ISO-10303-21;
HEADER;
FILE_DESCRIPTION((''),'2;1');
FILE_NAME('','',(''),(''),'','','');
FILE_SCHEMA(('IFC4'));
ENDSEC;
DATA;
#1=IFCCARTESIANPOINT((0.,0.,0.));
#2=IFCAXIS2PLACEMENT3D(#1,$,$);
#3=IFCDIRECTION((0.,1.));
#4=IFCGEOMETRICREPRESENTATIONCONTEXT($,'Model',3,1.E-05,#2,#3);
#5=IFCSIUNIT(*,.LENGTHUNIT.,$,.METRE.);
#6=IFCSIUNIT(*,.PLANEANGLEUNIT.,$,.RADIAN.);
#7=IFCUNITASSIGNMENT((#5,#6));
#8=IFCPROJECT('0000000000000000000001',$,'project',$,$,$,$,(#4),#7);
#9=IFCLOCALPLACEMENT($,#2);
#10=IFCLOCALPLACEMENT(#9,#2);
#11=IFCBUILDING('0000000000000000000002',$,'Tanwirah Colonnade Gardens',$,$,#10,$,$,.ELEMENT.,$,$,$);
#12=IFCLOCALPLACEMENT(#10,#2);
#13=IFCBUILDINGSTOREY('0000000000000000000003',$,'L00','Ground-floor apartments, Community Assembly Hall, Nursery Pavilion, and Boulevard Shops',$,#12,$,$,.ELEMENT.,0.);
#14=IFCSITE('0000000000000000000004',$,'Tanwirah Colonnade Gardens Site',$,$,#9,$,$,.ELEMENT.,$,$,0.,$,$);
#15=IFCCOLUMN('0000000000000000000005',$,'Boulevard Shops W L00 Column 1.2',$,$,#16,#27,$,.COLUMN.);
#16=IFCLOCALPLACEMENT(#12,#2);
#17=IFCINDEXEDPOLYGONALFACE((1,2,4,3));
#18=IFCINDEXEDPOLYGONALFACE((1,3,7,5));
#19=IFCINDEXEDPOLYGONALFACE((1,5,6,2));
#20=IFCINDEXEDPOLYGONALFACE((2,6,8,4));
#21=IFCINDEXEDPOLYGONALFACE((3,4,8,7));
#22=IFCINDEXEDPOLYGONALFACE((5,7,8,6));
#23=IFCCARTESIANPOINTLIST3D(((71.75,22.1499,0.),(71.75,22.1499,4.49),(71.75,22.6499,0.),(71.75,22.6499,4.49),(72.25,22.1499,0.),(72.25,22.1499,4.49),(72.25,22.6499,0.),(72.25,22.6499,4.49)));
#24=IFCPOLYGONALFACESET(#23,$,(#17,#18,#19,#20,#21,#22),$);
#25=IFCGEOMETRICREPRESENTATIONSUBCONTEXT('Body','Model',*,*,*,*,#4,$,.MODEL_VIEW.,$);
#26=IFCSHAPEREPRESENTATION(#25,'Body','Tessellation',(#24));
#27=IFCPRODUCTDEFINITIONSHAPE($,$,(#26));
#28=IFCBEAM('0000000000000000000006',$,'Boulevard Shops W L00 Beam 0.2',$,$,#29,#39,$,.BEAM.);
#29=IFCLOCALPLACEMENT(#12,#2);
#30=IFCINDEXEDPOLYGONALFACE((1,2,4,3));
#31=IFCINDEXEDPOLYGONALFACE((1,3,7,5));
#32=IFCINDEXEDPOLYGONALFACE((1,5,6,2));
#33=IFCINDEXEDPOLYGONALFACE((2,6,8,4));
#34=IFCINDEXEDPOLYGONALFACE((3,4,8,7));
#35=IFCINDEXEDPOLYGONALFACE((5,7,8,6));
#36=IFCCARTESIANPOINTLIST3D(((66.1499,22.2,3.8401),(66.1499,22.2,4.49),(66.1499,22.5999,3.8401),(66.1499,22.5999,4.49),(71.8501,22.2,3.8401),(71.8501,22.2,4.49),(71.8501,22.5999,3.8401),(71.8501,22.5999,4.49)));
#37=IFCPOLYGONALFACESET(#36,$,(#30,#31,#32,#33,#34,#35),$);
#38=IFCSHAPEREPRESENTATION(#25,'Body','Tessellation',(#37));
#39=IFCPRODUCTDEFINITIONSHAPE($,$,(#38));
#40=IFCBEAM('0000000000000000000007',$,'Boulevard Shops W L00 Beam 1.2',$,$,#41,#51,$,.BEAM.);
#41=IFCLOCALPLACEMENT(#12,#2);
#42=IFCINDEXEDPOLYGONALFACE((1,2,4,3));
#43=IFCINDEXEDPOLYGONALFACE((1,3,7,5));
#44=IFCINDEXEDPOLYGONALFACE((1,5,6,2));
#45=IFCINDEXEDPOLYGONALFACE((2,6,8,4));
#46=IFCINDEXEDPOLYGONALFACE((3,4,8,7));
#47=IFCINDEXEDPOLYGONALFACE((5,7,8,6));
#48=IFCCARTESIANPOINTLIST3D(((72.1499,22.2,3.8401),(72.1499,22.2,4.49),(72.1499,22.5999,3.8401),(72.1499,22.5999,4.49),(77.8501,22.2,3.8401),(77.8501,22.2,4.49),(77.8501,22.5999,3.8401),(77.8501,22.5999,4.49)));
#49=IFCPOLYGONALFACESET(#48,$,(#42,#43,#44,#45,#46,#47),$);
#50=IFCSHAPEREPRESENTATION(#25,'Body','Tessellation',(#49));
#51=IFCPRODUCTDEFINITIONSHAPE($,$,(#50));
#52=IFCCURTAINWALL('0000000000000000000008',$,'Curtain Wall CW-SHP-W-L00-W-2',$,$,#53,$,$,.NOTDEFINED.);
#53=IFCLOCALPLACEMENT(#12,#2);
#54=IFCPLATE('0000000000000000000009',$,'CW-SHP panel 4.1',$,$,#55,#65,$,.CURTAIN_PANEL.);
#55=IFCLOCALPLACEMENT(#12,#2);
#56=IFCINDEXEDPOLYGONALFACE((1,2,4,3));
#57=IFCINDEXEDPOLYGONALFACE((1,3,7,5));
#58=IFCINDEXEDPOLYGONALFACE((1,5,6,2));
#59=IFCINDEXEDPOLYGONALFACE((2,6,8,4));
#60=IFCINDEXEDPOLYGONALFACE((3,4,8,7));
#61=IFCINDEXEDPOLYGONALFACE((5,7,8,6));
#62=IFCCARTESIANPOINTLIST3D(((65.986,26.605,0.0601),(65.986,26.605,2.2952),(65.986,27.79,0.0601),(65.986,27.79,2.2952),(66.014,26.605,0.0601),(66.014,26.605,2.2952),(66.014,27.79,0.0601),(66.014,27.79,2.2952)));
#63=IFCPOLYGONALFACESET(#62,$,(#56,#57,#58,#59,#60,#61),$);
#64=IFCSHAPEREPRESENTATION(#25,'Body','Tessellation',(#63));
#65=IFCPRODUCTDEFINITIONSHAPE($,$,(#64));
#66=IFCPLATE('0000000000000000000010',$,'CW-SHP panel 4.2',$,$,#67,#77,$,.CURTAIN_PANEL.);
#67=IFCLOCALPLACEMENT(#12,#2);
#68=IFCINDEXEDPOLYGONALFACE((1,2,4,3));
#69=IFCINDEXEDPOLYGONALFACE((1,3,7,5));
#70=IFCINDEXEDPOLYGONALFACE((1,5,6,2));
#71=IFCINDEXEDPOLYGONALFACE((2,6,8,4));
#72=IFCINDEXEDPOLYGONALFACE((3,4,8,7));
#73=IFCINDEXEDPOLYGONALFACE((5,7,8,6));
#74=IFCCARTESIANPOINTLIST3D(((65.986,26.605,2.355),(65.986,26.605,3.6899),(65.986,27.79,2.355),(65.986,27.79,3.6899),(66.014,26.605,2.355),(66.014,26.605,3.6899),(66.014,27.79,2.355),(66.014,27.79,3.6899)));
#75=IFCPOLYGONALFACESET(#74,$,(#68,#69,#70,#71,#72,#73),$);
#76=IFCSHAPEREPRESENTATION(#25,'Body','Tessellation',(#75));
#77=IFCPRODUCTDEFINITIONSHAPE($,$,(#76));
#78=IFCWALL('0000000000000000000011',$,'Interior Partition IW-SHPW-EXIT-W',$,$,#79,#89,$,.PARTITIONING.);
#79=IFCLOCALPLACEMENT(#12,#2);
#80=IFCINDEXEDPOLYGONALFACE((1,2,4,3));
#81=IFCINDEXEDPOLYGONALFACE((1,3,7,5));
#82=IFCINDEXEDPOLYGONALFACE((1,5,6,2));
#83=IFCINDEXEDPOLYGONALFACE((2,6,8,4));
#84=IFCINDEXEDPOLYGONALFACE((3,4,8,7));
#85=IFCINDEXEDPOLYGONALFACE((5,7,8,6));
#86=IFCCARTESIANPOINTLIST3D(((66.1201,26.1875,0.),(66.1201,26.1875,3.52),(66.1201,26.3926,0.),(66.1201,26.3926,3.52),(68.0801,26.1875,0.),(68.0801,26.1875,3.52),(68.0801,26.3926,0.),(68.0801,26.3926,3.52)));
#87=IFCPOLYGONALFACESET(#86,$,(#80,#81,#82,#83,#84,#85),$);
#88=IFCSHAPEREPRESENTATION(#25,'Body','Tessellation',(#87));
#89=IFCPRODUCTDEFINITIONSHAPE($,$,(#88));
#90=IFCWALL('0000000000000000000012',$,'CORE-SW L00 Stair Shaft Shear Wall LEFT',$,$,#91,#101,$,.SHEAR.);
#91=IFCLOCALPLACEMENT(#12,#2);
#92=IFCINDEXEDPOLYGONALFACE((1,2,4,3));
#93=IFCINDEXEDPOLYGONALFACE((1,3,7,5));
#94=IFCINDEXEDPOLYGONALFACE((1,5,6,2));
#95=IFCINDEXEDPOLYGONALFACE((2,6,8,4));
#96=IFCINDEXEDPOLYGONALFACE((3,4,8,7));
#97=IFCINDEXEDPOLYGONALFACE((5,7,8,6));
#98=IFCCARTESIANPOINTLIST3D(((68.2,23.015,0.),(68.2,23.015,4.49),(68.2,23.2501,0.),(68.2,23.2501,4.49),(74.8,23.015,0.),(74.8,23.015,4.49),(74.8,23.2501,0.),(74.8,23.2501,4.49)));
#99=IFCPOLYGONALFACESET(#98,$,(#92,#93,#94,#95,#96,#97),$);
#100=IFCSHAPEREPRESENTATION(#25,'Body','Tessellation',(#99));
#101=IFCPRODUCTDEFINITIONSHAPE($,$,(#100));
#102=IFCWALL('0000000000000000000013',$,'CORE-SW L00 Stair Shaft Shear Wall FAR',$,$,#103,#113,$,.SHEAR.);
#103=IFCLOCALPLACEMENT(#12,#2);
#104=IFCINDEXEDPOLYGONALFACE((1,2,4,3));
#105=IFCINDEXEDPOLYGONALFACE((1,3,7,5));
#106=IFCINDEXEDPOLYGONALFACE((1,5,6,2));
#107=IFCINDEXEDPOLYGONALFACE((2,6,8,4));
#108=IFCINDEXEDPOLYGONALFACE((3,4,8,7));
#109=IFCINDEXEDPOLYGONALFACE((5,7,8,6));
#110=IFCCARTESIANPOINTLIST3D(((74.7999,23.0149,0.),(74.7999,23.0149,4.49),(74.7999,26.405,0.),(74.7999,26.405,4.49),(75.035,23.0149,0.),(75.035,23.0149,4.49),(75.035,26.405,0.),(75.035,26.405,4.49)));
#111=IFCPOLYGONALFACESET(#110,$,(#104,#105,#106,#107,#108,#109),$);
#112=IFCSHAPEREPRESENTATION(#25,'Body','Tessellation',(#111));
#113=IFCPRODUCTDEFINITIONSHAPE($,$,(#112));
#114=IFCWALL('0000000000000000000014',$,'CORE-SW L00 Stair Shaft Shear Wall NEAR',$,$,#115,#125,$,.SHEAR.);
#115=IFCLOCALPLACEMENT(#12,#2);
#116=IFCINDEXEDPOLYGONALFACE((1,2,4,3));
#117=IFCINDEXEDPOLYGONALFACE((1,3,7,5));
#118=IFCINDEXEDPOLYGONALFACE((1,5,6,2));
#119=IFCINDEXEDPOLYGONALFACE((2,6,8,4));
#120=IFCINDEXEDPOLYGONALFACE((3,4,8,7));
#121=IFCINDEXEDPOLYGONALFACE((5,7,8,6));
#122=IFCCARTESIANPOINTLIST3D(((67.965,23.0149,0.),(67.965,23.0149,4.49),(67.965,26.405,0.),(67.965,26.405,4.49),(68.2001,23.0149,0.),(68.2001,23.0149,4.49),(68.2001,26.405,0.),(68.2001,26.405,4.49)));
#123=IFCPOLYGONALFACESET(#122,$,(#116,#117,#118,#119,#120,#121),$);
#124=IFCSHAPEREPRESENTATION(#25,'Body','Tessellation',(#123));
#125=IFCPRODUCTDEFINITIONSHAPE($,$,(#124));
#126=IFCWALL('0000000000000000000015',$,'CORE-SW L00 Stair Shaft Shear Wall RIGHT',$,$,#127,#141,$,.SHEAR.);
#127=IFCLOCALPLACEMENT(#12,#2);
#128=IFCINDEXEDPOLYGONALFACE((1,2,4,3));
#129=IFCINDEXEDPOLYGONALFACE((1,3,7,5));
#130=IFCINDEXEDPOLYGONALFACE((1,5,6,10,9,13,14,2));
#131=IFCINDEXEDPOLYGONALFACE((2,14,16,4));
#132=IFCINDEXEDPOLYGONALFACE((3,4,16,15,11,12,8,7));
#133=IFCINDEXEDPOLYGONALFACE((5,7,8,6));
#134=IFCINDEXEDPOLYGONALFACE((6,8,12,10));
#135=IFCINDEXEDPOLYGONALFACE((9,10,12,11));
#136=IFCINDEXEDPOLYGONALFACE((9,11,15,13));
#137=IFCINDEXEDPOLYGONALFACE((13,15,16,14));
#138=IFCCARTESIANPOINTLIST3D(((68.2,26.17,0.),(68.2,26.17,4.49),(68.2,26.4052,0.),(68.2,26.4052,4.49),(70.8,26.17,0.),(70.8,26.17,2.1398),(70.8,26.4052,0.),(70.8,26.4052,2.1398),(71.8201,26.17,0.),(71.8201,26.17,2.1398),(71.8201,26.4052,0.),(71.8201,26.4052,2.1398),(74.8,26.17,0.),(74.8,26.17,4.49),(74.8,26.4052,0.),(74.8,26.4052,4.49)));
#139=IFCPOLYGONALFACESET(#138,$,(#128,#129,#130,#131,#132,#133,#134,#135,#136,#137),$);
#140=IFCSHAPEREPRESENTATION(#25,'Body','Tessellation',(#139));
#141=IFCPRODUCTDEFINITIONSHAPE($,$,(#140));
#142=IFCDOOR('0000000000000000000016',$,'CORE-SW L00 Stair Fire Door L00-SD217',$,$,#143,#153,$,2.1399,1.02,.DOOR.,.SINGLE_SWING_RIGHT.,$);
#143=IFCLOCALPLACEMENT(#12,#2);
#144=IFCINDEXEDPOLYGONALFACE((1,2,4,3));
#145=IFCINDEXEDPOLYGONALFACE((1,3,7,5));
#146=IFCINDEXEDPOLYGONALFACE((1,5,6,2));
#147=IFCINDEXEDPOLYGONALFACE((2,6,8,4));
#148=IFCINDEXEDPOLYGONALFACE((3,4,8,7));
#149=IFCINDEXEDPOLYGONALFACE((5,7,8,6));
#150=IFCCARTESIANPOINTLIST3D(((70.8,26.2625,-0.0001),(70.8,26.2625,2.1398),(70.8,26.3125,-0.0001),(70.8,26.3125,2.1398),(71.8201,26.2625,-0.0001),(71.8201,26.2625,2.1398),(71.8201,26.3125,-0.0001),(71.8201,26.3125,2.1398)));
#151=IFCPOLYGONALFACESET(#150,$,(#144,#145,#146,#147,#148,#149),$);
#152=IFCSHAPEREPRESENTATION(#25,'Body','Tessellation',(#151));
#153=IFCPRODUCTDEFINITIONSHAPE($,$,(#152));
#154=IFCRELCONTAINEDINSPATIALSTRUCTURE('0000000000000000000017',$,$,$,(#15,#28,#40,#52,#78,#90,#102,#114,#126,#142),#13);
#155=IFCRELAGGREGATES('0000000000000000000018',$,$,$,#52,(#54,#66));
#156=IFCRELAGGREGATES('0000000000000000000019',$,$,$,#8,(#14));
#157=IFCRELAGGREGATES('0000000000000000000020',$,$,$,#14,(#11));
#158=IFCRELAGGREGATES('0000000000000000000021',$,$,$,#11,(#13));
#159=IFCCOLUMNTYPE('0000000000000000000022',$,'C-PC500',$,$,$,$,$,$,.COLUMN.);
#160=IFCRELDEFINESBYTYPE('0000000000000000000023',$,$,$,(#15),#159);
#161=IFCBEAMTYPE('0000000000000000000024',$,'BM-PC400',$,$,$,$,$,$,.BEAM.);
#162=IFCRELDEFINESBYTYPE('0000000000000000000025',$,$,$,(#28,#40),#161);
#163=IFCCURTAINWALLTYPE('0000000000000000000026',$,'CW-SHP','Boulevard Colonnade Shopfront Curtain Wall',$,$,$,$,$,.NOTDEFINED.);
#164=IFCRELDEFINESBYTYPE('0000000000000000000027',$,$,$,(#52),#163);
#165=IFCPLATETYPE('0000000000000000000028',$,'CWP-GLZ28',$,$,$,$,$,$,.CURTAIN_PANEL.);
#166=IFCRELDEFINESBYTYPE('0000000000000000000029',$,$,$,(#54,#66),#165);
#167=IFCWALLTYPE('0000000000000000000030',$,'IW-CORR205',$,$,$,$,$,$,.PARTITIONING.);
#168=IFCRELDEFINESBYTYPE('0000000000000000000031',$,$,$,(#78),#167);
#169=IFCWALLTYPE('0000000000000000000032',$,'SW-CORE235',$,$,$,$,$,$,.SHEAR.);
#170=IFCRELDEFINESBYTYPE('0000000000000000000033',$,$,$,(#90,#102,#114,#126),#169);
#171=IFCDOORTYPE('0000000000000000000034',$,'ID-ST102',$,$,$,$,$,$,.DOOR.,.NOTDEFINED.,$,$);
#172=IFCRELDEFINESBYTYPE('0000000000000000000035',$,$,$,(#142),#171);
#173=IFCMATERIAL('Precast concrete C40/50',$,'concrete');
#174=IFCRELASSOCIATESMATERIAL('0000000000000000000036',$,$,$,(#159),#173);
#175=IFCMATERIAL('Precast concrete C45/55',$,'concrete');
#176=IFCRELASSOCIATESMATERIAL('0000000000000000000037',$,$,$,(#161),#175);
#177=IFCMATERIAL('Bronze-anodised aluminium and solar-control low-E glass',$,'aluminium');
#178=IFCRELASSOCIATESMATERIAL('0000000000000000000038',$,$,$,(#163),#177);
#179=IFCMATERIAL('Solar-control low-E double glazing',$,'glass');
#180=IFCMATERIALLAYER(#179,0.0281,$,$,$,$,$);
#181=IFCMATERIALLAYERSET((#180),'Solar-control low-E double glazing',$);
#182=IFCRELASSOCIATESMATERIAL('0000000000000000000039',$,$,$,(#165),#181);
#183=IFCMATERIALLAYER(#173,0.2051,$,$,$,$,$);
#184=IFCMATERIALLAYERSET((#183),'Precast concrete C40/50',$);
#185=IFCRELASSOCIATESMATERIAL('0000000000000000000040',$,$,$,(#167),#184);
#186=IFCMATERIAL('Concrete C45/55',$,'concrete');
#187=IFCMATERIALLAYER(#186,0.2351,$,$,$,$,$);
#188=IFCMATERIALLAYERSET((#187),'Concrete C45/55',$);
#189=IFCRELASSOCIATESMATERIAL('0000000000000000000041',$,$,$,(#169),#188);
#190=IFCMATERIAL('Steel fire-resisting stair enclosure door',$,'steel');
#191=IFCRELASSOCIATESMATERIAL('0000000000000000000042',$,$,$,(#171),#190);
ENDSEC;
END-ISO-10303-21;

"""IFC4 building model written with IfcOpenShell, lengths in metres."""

from ifc_helpers import new_model, si_unit, direction, frame, frame_2d, origin, origin_2d, place, context, subcontext, project, spatial, rectangle, extrude, material, layer, layer_set, material_profile, profile_set, type_object, element, fill, aggregate, save


model = new_model("IFC4")

# Units and contexts
model_context = context("Model", 3, precision=1e-05, world=origin(), true_north=direction((0.0, 1.0)))
body_context = subcontext(model_context, "Body", "Model", "MODEL_VIEW")
ifc_project = project(units=[si_unit("LENGTHUNIT", "METRE"), si_unit("PLANEANGLEUNIT", "RADIAN")], contexts=[model_context])

# Site, building, storey
site_placement = place(None, origin())
site = spatial("IfcSite", under=ifc_project, at=site_placement, Name="Tanwirah Colonnade Gardens Site", CompositionType="ELEMENT", RefElevation=0.0)
building_placement = place(site_placement, origin())
building = spatial("IfcBuilding", under=site, at=building_placement, Name="Tanwirah Colonnade Gardens", CompositionType="ELEMENT")
storey_placement = place(building_placement, origin())
storey = spatial("IfcBuildingStorey", under=building, at=storey_placement, Name="L00", Description="Ground-floor apartments, Community Assembly Hall, Nursery Pavilion, and Boulevard Shops", CompositionType="ELEMENT", Elevation=0.0)

# Column
ifc_material_1 = material(Name="Precast concrete C40/50", Category="concrete")
ifc_material_profile_1 = material_profile(ifc_material_1, rectangle(XDim=0.5, YDim=0.5, at=origin_2d()), Name="PC-COL 500x500")
ifc_profile_set_1 = profile_set([ifc_material_profile_1], Name="Precast concrete C40/50")
column_type = type_object("IfcColumnType", Name="C-PC500", PredefinedType="COLUMN", material=ifc_profile_set_1)
column_placement = place(storey_placement, frame((72.0, 22.3999, 0.0), z_axis=(0.0, 0.0, 1.0), x_axis=(1.0, 0.0, 0.0)))
element("IfcColumn", 1, at=column_placement, inside=storey, type_object=column_type, Name="Boulevard Shops W L00 Column 1.2", PredefinedType="COLUMN", context=body_context, shape_type="SweptSolid", body=[
    extrude(rectangle(XDim=0.5, YDim=0.5, at=origin_2d()), origin(), (0.0, 0.0, 1.0), 4.49),
])

# Beams
ifc_material_2 = material(Name="Precast concrete C45/55", Category="concrete")
ifc_material_profile_2 = material_profile(ifc_material_2, rectangle(XDim=0.3999, YDim=0.6499, at=origin_2d()), Name="PC-BM 400x650")
ifc_profile_set_2 = profile_set([ifc_material_profile_2], Name="Precast concrete C45/55")
beam_type = type_object("IfcBeamType", Name="BM-PC400", PredefinedType="BEAM", material=ifc_profile_set_2)
for number, where, z_axis, x_axis, name in (
    (2, (66.1499, 22.3999, 4.165), (1.0, 0.0, 0.0), (0.0, 1.0, 0.0), "Boulevard Shops W L00 Beam 0.2"),
    (3, (72.1499, 22.3999, 4.165), (1.0, 0.0, 0.0), (0.0, 1.0, 0.0), "Boulevard Shops W L00 Beam 1.2"),
):
    element("IfcBeam", number, at=place(storey_placement, frame(where, z_axis=z_axis, x_axis=x_axis)), inside=storey, type_object=beam_type, Name=name, PredefinedType="BEAM", context=body_context, shape_type="SweptSolid", body=[
        extrude(rectangle(XDim=0.3999, YDim=0.6499, at=origin_2d()), origin(), (0.0, 0.0, 1.0), 5.7002),
    ])

# Curtain wall, plates
ifc_material_3 = material(Name="Bronze-anodised aluminium and solar-control low-E glass", Category="aluminium")
curtain_wall_type = type_object("IfcCurtainWallType", Name="CW-SHP", Description="Boulevard Colonnade Shopfront Curtain Wall", PredefinedType="NOTDEFINED", material=ifc_material_3)
curtain_wall_placement = place(storey_placement, origin())
curtain_wall = element("IfcCurtainWall", 4, at=curtain_wall_placement, inside=storey, type_object=curtain_wall_type, Name="Curtain Wall CW-SHP-W-L00-W-2", PredefinedType="NOTDEFINED")
ifc_material_4 = material(Name="Solar-control low-E double glazing", Category="glass")
ifc_layer_1 = layer(ifc_material_4, 0.0281)
ifc_layer_set_1 = layer_set([ifc_layer_1], Name="Solar-control low-E double glazing")
plate_type = type_object("IfcPlateType", Name="CWP-GLZ28", PredefinedType="CURTAIN_PANEL", material=ifc_layer_set_1)
plate_1_placement = place(storey_placement, frame((66.0, 27.1975, 0.0601), z_axis=(0.0, 0.0, 1.0), x_axis=(0.0, 1.0, 0.0)))
plate_1 = element("IfcPlate", 5, at=plate_1_placement, type_object=plate_type, Name="CW-SHP panel 4.1", PredefinedType="CURTAIN_PANEL", context=body_context, shape_type="SweptSolid", body=[
    extrude(rectangle(XDim=1.1851, YDim=0.0281, at=origin_2d()), origin(), (0.0, 0.0, 1.0), 2.2351),
])
plate_2_placement = place(storey_placement, frame((66.0, 27.1975, 2.355), z_axis=(0.0, 0.0, 1.0), x_axis=(0.0, 1.0, 0.0)))
plate_2 = element("IfcPlate", 6, at=plate_2_placement, type_object=plate_type, Name="CW-SHP panel 4.2", PredefinedType="CURTAIN_PANEL", context=body_context, shape_type="SweptSolid", body=[
    extrude(rectangle(XDim=1.1851, YDim=0.0281, at=origin_2d()), origin(), (0.0, 0.0, 1.0), 1.335),
])
aggregate(curtain_wall, [plate_1, plate_2])

# Walls
ifc_layer_2 = layer(ifc_material_1, 0.2051)
ifc_layer_set_2 = layer_set([ifc_layer_2], Name="Precast concrete C40/50")
wall_type_1 = type_object("IfcWallType", Name="IW-CORR205", PredefinedType="PARTITIONING", material=ifc_layer_set_2)
wall_1_placement = place(storey_placement, frame((66.1201, 26.29, 0.0), z_axis=(0.0, 0.0, 1.0), x_axis=(1.0, 0.0, 0.0)))
element("IfcWall", 7, at=wall_1_placement, inside=storey, type_object=wall_type_1, Name="Interior Partition IW-SHPW-EXIT-W", PredefinedType="PARTITIONING", context=body_context, shape_type="SweptSolid", body=[
    extrude(rectangle(XDim=1.96, YDim=0.2051, at=frame_2d((0.98, 0.0))), origin(), (0.0, 0.0, 1.0), 3.52),
])
ifc_material_5 = material(Name="Concrete C45/55", Category="concrete")
ifc_layer_3 = layer(ifc_material_5, 0.2351)
ifc_layer_set_3 = layer_set([ifc_layer_3], Name="Concrete C45/55")
wall_type_2 = type_object("IfcWallType", Name="SW-CORE235", PredefinedType="SHEAR", material=ifc_layer_set_3)
wall_2_placement = place(storey_placement, frame((68.2, 23.1326, 0.0), z_axis=(0.0, 0.0, 1.0), x_axis=(1.0, 0.0, 0.0)))
element("IfcWall", 8, at=wall_2_placement, inside=storey, type_object=wall_type_2, Name="CORE-SW L00 Stair Shaft Shear Wall LEFT", PredefinedType="SHEAR", context=body_context, shape_type="SweptSolid", body=[
    extrude(rectangle(XDim=6.6001, YDim=0.2351, at=frame_2d((3.3, 0.0))), origin(), (0.0, 0.0, 1.0), 4.49),
])
for number, where, z_axis, x_axis, name in (
    (9, (74.9175, 23.0149, 0.0), (0.0, 0.0, 1.0), (0.0, 1.0, 0.0), "CORE-SW L00 Stair Shaft Shear Wall FAR"),
    (10, (68.0825, 23.0149, 0.0), (0.0, 0.0, 1.0), (0.0, 1.0, 0.0), "CORE-SW L00 Stair Shaft Shear Wall NEAR"),
):
    element("IfcWall", number, at=place(storey_placement, frame(where, z_axis=z_axis, x_axis=x_axis)), inside=storey, type_object=wall_type_2, Name=name, PredefinedType="SHEAR", context=body_context, shape_type="SweptSolid", body=[
        extrude(rectangle(XDim=3.3901, YDim=0.2351, at=frame_2d((1.6951, 0.0))), origin(), (0.0, 0.0, 1.0), 4.49),
    ])

# Wall, opening, door
wall_3_placement = place(storey_placement, frame((68.2, 26.2876, 0.0), z_axis=(0.0, 0.0, 1.0), x_axis=(1.0, 0.0, 0.0)))
wall_3 = element("IfcWall", 11, at=wall_3_placement, inside=storey, type_object=wall_type_2, Name="CORE-SW L00 Stair Shaft Shear Wall RIGHT", PredefinedType="SHEAR", context=body_context, shape_type="SweptSolid", body=[
    extrude(rectangle(XDim=6.6001, YDim=0.2351, at=frame_2d((3.3, 0.0))), origin(), (0.0, 0.0, 1.0), 4.49),
])
opening_placement = place(wall_3_placement, frame((2.6001, 0.0, 0.0)))
opening = element("IfcOpeningElement", 12, at=opening_placement, cuts=wall_3, PredefinedType="OPENING", context=body_context, shape_type="SweptSolid", body=[
    extrude(rectangle(XDim=1.02, YDim=2.1399, at=frame_2d((0.51, 1.0698))), frame((0.0, 0.1274, 0.0), z_axis=(0.0, -1.0, 0.0), x_axis=(1.0, 0.0, 0.0)), (0.0, 0.0, 1.0), 0.2551),
])
ifc_material_6 = material(Name="Steel fire-resisting stair enclosure door", Category="steel")
door_type = type_object("IfcDoorType", Name="ID-ST102", OperationType="NOTDEFINED", PredefinedType="DOOR", material=ifc_material_6)
door_placement = place(opening_placement, origin())
door = element("IfcDoor", 13, at=door_placement, inside=storey, type_object=door_type, Name="CORE-SW L00 Stair Fire Door L00-SD217", OperationType="SINGLE_SWING_RIGHT", OverallHeight=2.1399, OverallWidth=1.02, PredefinedType="DOOR", context=body_context, shape_type="SweptSolid", body=[
    extrude(rectangle(XDim=1.02, YDim=2.1399, at=frame_2d((0.51, 1.0698))), frame((0.0, 0.0249, 0.0), z_axis=(0.0, -1.0, 0.0), x_axis=(1.0, 0.0, 0.0)), (0.0, 0.0, 1.0), 0.05),
])
fill(opening, door)

save(model, "model.ifc")
